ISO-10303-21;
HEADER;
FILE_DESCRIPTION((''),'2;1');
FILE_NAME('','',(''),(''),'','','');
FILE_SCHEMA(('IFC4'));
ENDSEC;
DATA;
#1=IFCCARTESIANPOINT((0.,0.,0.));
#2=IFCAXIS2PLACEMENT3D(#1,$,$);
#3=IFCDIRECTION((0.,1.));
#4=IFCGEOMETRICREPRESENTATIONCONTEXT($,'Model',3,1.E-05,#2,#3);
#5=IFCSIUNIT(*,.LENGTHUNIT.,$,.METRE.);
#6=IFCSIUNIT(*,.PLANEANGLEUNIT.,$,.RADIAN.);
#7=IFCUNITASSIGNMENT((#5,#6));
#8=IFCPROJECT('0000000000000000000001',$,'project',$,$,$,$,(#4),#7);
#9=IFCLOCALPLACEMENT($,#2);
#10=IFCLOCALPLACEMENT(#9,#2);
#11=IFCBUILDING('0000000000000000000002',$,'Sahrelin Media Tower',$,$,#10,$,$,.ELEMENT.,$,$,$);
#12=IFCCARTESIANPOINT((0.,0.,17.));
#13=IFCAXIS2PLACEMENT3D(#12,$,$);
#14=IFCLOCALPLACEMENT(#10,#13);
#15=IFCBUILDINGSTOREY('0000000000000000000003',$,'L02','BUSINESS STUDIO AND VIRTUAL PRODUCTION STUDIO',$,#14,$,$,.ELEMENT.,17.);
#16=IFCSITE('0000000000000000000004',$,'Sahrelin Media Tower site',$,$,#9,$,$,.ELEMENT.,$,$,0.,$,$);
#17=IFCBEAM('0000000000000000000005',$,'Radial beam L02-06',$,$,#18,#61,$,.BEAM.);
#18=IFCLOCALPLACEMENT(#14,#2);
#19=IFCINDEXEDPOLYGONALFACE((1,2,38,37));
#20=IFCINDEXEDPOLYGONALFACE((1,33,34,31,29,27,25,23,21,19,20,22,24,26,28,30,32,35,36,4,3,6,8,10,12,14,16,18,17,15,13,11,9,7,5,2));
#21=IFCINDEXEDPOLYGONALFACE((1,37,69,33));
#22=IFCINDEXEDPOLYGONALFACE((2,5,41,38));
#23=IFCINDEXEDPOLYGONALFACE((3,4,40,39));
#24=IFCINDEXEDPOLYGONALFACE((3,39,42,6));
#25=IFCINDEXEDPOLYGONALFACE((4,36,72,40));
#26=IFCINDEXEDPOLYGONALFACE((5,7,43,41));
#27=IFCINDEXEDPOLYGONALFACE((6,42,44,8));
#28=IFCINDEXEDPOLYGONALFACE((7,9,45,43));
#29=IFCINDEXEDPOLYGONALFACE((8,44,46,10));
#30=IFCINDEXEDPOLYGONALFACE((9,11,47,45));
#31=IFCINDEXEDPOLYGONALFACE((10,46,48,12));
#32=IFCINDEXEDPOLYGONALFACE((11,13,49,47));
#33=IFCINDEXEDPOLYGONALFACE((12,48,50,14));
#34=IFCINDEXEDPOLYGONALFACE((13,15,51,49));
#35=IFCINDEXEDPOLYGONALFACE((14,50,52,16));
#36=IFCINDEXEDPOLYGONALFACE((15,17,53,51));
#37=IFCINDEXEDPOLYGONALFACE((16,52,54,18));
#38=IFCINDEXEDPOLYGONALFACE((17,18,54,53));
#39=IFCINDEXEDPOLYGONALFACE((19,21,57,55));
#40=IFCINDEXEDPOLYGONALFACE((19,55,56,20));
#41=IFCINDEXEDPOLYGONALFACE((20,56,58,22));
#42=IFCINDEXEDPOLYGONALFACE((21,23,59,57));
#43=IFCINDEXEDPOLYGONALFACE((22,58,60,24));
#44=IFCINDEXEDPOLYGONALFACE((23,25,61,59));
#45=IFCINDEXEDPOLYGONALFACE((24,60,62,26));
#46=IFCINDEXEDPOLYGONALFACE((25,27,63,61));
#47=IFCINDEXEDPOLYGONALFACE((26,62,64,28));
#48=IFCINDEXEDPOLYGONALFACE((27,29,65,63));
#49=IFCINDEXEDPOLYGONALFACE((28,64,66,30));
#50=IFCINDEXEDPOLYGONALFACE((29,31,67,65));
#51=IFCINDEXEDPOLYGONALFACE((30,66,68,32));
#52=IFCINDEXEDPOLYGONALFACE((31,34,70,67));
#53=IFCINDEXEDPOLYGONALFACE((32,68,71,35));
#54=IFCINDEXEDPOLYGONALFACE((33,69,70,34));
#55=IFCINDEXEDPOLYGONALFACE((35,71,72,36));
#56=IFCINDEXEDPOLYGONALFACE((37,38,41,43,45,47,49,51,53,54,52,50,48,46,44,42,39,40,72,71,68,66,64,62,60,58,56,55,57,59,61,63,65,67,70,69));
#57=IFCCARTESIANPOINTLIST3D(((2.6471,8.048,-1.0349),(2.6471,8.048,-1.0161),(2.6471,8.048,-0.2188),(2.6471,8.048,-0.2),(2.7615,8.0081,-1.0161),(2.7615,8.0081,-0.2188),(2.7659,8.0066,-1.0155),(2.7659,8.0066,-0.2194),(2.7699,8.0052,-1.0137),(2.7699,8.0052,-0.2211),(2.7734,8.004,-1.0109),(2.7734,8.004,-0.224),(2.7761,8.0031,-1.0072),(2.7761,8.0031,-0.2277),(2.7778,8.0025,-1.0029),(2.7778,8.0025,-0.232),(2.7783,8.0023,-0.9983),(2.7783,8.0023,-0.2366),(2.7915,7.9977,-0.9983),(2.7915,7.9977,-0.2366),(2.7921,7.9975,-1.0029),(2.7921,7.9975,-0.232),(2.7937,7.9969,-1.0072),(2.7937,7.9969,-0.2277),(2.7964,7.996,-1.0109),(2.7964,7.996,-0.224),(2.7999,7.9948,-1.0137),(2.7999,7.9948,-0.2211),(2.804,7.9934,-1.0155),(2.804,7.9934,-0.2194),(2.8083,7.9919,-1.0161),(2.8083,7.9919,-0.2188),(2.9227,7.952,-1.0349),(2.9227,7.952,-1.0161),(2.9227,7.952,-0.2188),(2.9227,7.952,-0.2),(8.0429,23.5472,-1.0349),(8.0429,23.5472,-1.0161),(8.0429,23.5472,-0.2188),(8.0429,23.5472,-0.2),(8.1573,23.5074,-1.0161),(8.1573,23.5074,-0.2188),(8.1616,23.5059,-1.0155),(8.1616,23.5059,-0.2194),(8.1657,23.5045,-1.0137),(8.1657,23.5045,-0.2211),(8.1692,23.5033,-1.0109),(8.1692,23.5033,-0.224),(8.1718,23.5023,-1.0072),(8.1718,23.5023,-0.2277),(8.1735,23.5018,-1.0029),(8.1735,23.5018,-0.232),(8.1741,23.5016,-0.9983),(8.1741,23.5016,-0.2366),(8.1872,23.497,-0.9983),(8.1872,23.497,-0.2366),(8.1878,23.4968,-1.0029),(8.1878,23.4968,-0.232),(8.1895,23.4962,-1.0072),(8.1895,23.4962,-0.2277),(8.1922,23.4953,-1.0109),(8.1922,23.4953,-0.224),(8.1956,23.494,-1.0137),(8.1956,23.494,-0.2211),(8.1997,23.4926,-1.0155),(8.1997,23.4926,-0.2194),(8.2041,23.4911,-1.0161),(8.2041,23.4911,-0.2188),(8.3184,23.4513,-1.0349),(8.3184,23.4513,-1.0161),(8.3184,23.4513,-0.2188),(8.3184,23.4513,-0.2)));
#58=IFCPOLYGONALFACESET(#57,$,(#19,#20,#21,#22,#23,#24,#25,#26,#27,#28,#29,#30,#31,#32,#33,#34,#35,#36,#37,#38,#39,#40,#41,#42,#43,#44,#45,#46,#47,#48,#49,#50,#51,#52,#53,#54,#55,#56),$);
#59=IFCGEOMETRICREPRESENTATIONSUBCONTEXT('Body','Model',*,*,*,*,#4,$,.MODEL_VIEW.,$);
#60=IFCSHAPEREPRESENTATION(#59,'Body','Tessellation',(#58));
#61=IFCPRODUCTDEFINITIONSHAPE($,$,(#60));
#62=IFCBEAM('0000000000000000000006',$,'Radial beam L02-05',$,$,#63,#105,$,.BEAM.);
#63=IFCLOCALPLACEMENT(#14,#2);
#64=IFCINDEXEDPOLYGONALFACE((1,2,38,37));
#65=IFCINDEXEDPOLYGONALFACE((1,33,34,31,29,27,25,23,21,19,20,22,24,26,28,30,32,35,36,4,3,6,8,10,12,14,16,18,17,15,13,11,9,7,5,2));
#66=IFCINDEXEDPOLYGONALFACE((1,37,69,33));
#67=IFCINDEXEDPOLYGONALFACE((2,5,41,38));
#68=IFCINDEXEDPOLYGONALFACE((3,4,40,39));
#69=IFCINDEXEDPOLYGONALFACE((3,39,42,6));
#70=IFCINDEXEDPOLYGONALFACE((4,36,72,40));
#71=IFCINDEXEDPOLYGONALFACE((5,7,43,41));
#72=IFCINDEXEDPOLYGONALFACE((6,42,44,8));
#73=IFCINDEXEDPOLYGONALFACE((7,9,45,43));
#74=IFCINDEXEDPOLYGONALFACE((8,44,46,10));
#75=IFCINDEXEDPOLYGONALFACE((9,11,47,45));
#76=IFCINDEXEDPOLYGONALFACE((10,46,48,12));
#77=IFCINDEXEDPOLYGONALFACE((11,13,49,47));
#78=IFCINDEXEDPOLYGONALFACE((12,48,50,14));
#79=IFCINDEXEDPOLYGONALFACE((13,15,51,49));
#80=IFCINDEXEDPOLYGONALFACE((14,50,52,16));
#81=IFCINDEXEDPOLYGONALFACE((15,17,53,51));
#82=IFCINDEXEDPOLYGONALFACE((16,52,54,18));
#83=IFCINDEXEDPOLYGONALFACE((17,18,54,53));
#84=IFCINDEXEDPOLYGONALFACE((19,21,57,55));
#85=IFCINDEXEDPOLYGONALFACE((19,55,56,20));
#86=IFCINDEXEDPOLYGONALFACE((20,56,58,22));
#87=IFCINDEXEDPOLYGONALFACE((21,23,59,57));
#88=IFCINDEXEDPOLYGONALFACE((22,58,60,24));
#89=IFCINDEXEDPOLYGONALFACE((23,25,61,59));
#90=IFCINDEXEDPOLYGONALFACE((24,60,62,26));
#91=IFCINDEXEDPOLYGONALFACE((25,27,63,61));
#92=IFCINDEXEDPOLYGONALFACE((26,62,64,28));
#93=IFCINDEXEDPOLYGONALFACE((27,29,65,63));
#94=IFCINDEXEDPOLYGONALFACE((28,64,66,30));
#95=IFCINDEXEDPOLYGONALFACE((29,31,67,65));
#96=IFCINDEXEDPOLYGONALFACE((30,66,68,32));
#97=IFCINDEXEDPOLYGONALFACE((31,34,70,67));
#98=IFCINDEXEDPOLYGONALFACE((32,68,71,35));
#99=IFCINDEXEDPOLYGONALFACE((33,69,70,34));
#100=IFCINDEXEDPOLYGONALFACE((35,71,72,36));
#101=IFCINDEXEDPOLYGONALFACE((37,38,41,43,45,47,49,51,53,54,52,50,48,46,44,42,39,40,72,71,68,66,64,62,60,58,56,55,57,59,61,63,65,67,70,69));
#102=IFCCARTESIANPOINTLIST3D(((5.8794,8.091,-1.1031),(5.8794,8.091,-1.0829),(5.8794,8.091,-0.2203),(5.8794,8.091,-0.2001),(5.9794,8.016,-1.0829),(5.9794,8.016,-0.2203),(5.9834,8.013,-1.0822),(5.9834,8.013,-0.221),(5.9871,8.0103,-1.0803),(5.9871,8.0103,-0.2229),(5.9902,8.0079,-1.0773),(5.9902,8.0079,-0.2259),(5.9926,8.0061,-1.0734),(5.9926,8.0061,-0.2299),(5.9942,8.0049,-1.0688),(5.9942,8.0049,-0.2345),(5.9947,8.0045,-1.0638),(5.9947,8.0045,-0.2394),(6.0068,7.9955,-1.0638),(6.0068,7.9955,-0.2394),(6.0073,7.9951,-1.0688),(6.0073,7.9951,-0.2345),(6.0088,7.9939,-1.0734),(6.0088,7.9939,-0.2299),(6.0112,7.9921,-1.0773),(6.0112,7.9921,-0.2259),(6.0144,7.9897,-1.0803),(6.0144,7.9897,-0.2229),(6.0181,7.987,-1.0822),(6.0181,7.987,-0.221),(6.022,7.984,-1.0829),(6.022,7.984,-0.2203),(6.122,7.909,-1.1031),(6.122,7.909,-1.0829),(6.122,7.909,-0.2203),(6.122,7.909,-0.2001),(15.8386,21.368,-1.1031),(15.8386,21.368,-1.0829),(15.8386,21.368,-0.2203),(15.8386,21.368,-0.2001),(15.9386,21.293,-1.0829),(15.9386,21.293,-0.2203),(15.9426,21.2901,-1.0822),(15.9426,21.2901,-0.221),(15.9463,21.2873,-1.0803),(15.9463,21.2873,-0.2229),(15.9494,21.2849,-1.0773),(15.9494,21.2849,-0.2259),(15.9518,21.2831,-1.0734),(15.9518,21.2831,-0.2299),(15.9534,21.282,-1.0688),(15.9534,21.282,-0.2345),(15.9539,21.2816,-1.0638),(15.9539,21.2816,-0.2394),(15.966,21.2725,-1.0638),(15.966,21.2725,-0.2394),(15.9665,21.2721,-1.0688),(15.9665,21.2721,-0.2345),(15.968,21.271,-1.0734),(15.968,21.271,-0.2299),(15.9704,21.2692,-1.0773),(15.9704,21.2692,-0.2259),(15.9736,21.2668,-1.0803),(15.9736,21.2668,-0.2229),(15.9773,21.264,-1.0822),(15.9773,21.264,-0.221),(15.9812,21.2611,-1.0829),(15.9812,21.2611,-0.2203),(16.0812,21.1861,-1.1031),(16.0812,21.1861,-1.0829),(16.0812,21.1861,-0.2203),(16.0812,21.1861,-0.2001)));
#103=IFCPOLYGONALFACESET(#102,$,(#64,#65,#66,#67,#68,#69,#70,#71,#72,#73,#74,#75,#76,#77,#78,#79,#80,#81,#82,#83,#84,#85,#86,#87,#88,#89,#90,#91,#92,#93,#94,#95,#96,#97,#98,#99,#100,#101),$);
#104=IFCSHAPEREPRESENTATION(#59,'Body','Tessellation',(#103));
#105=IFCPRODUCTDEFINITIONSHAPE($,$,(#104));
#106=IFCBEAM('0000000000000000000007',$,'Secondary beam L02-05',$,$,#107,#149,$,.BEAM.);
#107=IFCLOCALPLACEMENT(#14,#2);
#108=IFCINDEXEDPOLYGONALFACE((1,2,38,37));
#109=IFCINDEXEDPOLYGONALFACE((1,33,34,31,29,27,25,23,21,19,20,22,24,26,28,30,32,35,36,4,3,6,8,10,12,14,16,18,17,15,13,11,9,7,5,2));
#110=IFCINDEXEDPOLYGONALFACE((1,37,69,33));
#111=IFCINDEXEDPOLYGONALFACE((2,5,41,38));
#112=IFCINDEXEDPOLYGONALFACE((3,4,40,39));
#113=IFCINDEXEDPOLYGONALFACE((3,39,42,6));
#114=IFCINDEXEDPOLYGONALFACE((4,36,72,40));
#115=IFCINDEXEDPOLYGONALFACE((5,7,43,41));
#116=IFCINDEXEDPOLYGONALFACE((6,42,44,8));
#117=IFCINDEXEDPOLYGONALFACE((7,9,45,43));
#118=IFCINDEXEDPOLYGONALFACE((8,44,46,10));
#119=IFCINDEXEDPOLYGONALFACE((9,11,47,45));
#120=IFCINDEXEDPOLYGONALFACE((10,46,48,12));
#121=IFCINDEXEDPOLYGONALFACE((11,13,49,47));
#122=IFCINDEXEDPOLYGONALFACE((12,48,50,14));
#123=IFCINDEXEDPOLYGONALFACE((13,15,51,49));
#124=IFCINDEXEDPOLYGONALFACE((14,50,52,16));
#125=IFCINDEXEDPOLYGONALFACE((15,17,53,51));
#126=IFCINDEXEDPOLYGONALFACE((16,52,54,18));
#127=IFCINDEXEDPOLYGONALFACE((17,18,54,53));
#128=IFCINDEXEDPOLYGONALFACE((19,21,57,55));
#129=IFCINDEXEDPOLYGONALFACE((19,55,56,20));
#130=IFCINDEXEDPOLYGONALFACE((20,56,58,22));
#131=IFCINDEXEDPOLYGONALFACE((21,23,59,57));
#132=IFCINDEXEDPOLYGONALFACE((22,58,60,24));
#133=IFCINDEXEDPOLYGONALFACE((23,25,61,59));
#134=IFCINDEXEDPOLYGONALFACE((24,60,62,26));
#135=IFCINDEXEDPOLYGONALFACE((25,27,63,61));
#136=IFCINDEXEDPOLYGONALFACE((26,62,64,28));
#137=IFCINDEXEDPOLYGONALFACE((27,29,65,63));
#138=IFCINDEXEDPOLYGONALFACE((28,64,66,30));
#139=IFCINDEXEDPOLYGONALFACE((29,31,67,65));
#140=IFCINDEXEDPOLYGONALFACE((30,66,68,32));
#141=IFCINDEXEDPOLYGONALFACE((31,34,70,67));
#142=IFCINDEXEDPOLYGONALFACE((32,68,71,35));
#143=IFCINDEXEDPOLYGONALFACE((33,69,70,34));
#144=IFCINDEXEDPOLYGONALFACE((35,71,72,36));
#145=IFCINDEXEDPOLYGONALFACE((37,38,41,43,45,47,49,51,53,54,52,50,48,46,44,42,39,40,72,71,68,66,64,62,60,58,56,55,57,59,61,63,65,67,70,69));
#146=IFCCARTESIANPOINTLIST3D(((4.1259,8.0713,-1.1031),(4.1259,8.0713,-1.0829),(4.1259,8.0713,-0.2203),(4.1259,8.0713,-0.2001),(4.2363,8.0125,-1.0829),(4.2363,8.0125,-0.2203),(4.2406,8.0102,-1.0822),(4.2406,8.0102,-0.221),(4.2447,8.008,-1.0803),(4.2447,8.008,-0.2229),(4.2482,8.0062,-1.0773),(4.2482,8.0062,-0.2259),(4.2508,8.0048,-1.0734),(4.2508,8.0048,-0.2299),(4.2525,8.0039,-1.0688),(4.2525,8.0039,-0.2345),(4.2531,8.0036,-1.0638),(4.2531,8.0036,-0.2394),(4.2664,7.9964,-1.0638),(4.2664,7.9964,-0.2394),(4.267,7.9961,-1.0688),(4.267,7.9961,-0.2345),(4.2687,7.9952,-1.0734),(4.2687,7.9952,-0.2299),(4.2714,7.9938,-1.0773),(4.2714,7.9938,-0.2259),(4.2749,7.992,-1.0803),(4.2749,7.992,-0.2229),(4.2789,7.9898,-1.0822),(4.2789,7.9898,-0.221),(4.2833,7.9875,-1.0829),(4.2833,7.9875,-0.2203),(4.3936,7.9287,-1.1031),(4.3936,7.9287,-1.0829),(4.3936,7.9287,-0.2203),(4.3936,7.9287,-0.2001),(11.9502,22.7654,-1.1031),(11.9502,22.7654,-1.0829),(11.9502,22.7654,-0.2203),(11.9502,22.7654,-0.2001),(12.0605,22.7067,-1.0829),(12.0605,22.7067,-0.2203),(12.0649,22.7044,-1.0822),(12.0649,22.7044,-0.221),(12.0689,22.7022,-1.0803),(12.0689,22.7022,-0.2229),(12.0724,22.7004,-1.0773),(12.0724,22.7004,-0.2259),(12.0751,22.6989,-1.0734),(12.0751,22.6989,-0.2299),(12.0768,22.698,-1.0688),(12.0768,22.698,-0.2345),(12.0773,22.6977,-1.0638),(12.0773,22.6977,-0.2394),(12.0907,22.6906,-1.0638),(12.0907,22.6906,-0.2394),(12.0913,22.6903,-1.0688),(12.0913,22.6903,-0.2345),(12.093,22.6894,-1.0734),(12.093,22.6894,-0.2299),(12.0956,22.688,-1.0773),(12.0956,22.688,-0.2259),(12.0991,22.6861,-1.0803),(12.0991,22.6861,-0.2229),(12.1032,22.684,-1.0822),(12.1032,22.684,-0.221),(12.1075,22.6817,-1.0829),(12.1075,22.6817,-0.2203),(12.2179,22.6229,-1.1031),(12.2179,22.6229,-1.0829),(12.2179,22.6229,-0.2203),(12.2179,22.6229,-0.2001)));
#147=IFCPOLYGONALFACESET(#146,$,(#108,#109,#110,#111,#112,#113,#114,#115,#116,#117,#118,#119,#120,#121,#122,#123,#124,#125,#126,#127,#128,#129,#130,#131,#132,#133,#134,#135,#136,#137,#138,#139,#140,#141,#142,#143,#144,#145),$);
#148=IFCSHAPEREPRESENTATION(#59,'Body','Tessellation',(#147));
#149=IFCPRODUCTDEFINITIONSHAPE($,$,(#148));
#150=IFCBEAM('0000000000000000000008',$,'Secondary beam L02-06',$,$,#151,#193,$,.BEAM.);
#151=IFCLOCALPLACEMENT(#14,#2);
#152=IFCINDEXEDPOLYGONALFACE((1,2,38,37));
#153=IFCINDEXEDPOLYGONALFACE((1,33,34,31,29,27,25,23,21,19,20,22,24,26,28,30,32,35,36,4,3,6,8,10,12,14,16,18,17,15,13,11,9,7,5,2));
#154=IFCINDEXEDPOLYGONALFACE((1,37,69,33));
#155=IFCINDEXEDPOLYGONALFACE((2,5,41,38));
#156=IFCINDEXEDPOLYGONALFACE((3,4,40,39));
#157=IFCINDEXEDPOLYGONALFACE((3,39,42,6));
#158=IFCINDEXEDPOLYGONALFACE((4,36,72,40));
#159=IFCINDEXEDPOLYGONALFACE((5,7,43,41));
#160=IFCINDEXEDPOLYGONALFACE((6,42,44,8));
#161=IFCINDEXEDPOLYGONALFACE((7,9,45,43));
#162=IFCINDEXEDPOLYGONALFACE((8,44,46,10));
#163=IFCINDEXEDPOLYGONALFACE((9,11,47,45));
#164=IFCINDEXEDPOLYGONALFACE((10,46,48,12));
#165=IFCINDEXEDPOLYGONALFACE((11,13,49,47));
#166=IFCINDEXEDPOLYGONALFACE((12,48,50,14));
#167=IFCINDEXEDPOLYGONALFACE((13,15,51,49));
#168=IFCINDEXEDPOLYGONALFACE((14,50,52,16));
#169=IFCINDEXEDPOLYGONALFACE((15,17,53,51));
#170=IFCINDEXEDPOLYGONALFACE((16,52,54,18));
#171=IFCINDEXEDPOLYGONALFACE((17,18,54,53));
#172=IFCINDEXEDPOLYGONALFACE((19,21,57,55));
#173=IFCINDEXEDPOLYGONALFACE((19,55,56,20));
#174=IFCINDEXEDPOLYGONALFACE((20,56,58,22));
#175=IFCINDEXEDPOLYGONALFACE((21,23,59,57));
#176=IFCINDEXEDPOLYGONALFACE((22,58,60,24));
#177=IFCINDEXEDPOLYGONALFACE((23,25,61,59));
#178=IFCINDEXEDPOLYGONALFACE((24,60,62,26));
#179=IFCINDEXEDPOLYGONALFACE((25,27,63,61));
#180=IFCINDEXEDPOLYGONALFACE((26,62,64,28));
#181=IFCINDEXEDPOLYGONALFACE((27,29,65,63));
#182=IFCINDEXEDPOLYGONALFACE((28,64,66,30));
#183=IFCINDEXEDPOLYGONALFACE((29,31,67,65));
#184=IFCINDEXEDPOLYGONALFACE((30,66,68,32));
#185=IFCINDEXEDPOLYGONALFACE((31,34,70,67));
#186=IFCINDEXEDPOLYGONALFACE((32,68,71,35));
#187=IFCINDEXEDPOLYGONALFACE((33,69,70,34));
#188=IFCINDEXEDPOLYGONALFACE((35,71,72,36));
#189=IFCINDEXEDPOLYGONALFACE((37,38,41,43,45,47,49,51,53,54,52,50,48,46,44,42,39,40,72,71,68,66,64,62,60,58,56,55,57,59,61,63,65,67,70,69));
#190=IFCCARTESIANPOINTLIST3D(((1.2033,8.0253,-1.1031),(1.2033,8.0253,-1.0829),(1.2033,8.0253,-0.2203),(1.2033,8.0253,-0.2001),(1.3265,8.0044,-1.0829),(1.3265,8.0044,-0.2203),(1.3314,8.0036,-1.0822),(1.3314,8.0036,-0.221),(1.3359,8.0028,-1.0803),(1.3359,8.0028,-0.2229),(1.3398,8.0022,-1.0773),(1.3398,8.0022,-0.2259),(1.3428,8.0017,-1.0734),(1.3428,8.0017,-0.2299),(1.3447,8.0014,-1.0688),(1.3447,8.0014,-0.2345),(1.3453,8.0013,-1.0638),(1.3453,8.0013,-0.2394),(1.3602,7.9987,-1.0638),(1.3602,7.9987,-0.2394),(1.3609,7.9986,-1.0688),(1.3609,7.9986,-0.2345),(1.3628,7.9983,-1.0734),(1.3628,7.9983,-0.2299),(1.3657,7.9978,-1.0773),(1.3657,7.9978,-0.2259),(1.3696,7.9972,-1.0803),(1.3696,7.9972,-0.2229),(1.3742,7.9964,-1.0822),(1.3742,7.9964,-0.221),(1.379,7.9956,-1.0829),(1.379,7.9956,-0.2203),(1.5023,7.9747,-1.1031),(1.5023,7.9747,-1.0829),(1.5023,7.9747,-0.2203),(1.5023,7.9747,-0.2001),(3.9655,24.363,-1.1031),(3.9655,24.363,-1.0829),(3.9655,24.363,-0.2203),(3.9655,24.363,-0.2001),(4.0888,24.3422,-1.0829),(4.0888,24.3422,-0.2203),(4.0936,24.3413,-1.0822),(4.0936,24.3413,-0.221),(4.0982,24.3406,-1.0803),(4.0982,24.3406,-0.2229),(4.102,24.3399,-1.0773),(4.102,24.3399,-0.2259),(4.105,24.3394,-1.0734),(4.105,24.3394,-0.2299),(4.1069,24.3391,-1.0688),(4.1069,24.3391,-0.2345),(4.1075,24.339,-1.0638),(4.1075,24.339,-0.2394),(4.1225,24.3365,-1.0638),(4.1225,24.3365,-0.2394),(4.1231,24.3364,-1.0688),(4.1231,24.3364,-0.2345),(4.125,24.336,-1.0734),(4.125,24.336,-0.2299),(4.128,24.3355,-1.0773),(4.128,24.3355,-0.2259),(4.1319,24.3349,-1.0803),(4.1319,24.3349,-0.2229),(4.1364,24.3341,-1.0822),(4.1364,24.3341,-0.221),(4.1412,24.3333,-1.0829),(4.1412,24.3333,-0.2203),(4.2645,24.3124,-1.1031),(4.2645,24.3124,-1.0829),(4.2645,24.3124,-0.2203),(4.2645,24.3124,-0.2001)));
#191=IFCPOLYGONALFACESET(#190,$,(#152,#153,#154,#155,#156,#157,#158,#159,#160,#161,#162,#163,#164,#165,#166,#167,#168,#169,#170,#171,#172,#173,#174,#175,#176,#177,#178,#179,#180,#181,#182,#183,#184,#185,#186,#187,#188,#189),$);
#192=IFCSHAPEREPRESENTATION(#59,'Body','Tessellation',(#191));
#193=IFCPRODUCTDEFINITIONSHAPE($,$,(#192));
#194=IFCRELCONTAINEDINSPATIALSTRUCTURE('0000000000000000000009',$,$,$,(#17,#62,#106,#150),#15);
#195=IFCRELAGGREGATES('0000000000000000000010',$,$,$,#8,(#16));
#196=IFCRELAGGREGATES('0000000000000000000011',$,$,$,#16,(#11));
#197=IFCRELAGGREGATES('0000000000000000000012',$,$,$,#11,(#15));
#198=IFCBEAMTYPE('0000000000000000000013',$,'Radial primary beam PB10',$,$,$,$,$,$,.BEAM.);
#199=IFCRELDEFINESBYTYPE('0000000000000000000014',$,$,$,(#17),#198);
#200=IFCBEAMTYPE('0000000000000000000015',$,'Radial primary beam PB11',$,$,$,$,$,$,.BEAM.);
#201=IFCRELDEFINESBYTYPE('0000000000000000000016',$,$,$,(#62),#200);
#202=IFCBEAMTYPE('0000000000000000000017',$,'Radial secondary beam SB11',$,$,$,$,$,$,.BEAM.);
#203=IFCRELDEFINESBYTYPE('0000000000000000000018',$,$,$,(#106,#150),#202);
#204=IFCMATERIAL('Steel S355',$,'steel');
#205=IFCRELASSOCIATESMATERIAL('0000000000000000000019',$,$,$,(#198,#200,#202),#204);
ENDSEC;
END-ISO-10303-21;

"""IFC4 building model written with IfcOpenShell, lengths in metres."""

from ifc_helpers import new_model, si_unit, direction, frame, origin, origin_2d, place, context, subcontext, project, spatial, i_section, extrude, material, material_profile, profile_set, type_object, element, save


model = new_model("IFC4")

# Units and contexts
model_context = context("Model", 3, precision=1e-05, world=origin(), true_north=direction((0.0, 1.0)))
body_context = subcontext(model_context, "Body", "Model", "MODEL_VIEW")
ifc_project = project(units=[si_unit("LENGTHUNIT", "METRE"), si_unit("PLANEANGLEUNIT", "RADIAN")], contexts=[model_context])

# Site, building, storey
site_placement = place(None, origin())
site = spatial("IfcSite", under=ifc_project, at=site_placement, Name="Sahrelin Media Tower site", CompositionType="ELEMENT", RefElevation=0.0)
building_placement = place(site_placement, origin())
building = spatial("IfcBuilding", under=site, at=building_placement, Name="Sahrelin Media Tower", CompositionType="ELEMENT")
storey_placement = place(building_placement, frame((0.0, 0.0, 17.0)))
storey = spatial("IfcBuildingStorey", under=building, at=storey_placement, Name="L02", Description="BUSINESS STUDIO AND VIRTUAL PRODUCTION STUDIO", CompositionType="ELEMENT", Elevation=17.0)

# Beams
ifc_material_1 = material(Name="Steel S355", Category="steel")
ifc_material_profile_1 = material_profile(ifc_material_1, i_section(OverallWidth=0.2917, OverallDepth=0.835, WebThickness=0.0139, FlangeThickness=0.0188, FilletRadius=0.0178, at=origin_2d()), Name="UB 838x292x176")
ifc_profile_set_1 = profile_set([ifc_material_profile_1], Name="Steel S355")
beam_type_1 = type_object("IfcBeamType", Name="Radial primary beam PB10", PredefinedType="BEAM", material=ifc_profile_set_1)
beam_1_placement = place(storey_placement, frame((2.7849, 8.0, -0.6174), z_axis=(0.328776, 0.944408, 0.0), x_axis=(-0.944408, 0.328776, 0.0)))
element("IfcBeam", 1, at=beam_1_placement, inside=storey, type_object=beam_type_1, Name="Radial beam L02-06", PredefinedType="BEAM", context=body_context, shape_type="SweptSolid", body=[
    extrude(i_section(OverallWidth=0.2917, OverallDepth=0.835, WebThickness=0.0139, FlangeThickness=0.0188, FilletRadius=0.0178, at=origin_2d()), origin(), (0.0, 0.0, 1.0), 16.4116),
])
ifc_material_profile_2 = material_profile(ifc_material_1, i_section(OverallWidth=0.3032, OverallDepth=0.9031, WebThickness=0.0151, FlangeThickness=0.0203, FilletRadius=0.019, at=origin_2d()), Name="UB 914x305x201")
ifc_profile_set_2 = profile_set([ifc_material_profile_2], Name="Steel S355")
beam_type_2 = type_object("IfcBeamType", Name="Radial primary beam PB11", PredefinedType="BEAM", material=ifc_profile_set_2)
beam_2_placement = place(storey_placement, frame((6.0007, 8.0, -0.6516), z_axis=(0.600054, 0.799959, 0.0), x_axis=(-0.799959, 0.600054, 0.0)))
element("IfcBeam", 2, at=beam_2_placement, inside=storey, type_object=beam_type_2, Name="Radial beam L02-05", PredefinedType="BEAM", context=body_context, shape_type="SweptSolid", body=[
    extrude(i_section(OverallWidth=0.3032, OverallDepth=0.9031, WebThickness=0.0151, FlangeThickness=0.0203, FilletRadius=0.019, at=origin_2d()), origin(), (0.0, 0.0, 1.0), 16.5972),
])
ifc_material_profile_3 = material_profile(ifc_material_1, i_section(OverallWidth=0.3032, OverallDepth=0.9031, WebThickness=0.0151, FlangeThickness=0.0203, FilletRadius=0.019, at=origin_2d()), Name="UB 914x305x201")
ifc_profile_set_3 = profile_set([ifc_material_profile_3], Name="Steel S355")
beam_type_3 = type_object("IfcBeamType", Name="Radial secondary beam SB11", PredefinedType="BEAM", material=ifc_profile_set_3)
beam_3_placement = place(storey_placement, frame((4.2598, 8.0, -0.6516), z_axis=(0.469997, 0.882668, 0.0), x_axis=(-0.882668, 0.469997, 0.0)))
element("IfcBeam", 3, at=beam_3_placement, inside=storey, type_object=beam_type_3, Name="Secondary beam L02-05", PredefinedType="BEAM", context=body_context, shape_type="SweptSolid", body=[
    extrude(i_section(OverallWidth=0.3032, OverallDepth=0.9031, WebThickness=0.0151, FlangeThickness=0.0203, FilletRadius=0.019, at=origin_2d()), origin(), (0.0, 0.0, 1.0), 16.6475),
])
beam_4_placement = place(storey_placement, frame((1.3528, 8.0, -0.6516), z_axis=(0.166704, 0.986007, 0.0), x_axis=(-0.986007, 0.166704, 0.0)))
element("IfcBeam", 4, at=beam_4_placement, inside=storey, type_object=beam_type_3, Name="Secondary beam L02-06", PredefinedType="BEAM", context=body_context, shape_type="SweptSolid", body=[
    extrude(i_section(OverallWidth=0.3032, OverallDepth=0.9031, WebThickness=0.0151, FlangeThickness=0.0203, FilletRadius=0.019, at=origin_2d()), origin(), (0.0, 0.0, 1.0), 16.5696),
])

save(model, "model.ifc")
